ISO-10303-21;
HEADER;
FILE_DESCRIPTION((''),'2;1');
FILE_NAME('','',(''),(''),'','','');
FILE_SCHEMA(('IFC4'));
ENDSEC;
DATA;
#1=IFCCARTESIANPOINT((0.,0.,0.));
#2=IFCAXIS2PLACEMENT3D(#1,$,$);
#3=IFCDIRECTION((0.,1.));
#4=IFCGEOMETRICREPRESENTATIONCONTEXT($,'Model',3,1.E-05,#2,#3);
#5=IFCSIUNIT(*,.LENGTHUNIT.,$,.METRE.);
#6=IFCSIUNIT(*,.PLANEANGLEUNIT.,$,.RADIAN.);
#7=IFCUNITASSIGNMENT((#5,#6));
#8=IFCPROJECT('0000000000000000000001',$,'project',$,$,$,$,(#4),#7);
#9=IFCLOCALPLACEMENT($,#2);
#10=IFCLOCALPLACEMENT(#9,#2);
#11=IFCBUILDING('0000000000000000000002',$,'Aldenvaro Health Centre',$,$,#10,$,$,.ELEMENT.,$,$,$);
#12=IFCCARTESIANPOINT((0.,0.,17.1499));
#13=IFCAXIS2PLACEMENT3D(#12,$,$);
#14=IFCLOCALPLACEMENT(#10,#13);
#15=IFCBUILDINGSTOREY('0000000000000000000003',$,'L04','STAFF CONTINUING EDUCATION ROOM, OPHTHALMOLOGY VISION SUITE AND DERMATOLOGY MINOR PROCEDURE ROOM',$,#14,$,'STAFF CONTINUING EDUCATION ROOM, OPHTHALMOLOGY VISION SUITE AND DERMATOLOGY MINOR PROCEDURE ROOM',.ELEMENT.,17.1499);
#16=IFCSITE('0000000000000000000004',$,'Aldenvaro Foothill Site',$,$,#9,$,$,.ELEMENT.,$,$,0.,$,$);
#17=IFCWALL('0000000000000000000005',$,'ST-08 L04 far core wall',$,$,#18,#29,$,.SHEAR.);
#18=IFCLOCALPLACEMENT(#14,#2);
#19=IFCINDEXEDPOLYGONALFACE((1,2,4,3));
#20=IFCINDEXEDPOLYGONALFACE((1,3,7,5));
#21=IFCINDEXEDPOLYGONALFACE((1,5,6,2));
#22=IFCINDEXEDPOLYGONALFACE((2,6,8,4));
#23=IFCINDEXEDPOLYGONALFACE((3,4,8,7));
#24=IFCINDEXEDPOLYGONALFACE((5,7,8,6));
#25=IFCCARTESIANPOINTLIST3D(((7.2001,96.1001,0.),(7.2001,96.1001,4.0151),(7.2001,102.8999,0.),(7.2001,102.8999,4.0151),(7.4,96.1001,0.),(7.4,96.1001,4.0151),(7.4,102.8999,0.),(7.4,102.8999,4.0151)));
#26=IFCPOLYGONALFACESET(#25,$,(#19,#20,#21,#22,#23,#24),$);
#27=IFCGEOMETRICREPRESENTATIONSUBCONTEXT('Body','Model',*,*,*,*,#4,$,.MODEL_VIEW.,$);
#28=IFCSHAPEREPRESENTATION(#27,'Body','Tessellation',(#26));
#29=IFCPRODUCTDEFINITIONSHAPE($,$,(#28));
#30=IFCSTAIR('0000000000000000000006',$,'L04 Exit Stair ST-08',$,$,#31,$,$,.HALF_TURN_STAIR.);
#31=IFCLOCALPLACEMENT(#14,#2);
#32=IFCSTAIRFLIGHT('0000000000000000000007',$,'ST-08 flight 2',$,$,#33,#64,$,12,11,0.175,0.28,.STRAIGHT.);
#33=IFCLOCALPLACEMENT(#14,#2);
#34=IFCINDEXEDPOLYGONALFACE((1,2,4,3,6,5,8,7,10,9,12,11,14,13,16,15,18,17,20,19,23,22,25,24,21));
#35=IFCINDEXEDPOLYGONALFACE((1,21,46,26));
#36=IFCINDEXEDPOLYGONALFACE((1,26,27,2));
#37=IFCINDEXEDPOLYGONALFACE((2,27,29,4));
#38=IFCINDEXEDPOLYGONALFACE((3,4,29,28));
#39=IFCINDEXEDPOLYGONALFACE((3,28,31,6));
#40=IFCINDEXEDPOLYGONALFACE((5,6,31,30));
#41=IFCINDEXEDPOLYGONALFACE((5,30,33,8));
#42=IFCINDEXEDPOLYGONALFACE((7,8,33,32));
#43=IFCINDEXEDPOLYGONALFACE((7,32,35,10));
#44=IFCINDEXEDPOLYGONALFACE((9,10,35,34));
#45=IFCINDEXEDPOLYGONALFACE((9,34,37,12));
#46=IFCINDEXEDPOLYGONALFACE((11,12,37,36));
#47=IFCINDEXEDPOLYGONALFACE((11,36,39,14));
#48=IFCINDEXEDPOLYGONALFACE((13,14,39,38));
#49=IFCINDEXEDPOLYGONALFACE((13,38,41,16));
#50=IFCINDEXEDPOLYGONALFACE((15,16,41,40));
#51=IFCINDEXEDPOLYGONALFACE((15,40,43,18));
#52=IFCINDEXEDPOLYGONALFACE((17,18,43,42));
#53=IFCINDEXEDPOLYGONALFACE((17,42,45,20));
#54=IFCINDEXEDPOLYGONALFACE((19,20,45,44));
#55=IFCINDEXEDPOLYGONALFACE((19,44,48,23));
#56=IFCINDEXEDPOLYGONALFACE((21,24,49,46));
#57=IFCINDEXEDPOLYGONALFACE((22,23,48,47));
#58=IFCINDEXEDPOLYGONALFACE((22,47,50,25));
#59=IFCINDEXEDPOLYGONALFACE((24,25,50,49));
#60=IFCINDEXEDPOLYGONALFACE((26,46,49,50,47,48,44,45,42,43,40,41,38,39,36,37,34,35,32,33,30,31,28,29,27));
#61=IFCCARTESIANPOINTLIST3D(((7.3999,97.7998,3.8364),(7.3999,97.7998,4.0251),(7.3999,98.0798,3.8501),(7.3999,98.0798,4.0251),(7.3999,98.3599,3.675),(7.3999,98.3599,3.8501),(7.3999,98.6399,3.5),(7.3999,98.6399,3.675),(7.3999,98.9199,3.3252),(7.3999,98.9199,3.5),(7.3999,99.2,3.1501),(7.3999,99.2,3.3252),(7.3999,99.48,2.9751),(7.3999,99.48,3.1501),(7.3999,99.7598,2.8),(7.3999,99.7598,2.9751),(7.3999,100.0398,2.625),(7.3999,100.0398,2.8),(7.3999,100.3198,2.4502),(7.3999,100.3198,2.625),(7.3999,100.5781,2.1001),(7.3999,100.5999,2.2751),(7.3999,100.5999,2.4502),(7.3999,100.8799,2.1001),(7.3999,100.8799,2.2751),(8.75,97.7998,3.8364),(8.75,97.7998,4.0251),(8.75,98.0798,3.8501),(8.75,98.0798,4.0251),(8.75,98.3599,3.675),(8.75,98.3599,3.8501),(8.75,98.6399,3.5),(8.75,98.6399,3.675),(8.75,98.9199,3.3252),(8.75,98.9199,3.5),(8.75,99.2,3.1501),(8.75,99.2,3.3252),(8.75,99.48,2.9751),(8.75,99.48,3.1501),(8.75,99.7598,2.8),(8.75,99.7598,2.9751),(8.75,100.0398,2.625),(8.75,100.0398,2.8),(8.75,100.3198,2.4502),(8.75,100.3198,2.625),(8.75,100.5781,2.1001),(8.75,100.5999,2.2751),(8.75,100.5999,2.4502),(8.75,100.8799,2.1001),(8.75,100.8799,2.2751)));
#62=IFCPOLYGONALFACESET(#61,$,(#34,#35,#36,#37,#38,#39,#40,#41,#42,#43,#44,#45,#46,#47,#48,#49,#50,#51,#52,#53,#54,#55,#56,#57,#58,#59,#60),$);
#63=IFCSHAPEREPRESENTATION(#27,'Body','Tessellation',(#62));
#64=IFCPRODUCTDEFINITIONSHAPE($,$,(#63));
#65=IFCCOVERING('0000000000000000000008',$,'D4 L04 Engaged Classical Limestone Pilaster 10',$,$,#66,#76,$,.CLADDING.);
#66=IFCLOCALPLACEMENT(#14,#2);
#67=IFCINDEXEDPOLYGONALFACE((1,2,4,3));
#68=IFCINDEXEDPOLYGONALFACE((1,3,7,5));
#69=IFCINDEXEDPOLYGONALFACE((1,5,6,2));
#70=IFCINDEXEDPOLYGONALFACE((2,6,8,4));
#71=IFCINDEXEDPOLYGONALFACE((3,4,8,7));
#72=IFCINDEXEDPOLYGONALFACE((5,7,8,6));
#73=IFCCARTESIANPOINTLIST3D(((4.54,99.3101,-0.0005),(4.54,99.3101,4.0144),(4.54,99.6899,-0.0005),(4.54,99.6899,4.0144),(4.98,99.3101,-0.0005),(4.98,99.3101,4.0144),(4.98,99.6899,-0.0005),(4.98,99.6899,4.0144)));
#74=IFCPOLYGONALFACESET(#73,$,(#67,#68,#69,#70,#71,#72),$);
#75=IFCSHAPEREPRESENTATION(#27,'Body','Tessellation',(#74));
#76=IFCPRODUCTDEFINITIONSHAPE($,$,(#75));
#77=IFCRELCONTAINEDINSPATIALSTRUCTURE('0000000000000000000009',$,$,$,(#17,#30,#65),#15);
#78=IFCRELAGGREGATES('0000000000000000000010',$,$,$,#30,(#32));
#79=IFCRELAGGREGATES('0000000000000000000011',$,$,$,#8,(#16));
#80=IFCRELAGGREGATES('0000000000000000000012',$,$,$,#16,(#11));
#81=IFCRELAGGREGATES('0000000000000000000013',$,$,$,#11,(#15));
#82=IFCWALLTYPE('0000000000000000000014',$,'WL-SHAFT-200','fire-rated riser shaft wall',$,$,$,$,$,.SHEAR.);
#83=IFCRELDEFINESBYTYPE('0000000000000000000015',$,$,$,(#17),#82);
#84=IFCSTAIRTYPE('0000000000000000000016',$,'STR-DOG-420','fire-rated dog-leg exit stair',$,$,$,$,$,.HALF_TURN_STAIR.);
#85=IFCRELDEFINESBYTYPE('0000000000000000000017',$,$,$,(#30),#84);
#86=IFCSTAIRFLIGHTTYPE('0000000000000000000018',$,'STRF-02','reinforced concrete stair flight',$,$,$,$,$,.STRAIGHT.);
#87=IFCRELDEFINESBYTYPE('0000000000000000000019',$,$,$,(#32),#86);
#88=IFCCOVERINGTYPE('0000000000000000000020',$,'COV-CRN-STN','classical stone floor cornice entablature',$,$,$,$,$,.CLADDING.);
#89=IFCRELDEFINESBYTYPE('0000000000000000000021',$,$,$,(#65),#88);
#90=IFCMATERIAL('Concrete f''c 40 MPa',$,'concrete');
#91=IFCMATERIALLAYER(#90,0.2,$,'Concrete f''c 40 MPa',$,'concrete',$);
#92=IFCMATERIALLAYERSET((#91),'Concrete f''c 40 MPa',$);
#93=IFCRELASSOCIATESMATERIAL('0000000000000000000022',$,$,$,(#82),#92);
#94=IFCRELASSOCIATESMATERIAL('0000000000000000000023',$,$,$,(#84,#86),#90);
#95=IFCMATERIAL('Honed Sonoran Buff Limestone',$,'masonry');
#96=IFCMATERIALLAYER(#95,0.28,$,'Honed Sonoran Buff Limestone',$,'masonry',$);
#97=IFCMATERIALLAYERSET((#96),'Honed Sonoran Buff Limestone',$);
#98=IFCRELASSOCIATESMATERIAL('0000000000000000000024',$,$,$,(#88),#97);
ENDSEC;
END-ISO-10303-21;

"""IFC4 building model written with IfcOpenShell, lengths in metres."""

from ifc_helpers import new_model, si_unit, direction, frame, frame_2d, origin, origin_2d, place, context, subcontext, project, spatial, polyline, rectangle, outline, extrude, material, layer, layer_set, type_object, element, aggregate, save


model = new_model("IFC4")

# Units and contexts
model_context = context("Model", 3, precision=1e-05, world=origin(), true_north=direction((0.0, 1.0)))
body_context = subcontext(model_context, "Body", "Model", "MODEL_VIEW")
ifc_project = project(units=[si_unit("LENGTHUNIT", "METRE"), si_unit("PLANEANGLEUNIT", "RADIAN")], contexts=[model_context])

# Site, building, storey
site_placement = place(None, origin())
site = spatial("IfcSite", under=ifc_project, at=site_placement, Name="Aldenvaro Foothill Site", CompositionType="ELEMENT", RefElevation=0.0)
building_placement = place(site_placement, origin())
building = spatial("IfcBuilding", under=site, at=building_placement, Name="Aldenvaro Health Centre", CompositionType="ELEMENT")
storey_placement = place(building_placement, frame((0.0, 0.0, 17.1499)))
storey = spatial("IfcBuildingStorey", under=building, at=storey_placement, Name="L04", Description="STAFF CONTINUING EDUCATION ROOM, OPHTHALMOLOGY VISION SUITE AND DERMATOLOGY MINOR PROCEDURE ROOM", LongName="STAFF CONTINUING EDUCATION ROOM, OPHTHALMOLOGY VISION SUITE AND DERMATOLOGY MINOR PROCEDURE ROOM", CompositionType="ELEMENT", Elevation=17.1499)

# Wall
ifc_material_1 = material(Name="Concrete f'c 40 MPa", Category="concrete")
ifc_layer_1 = layer(ifc_material_1, 0.2, Name="Concrete f'c 40 MPa", Category="concrete")
ifc_layer_set_1 = layer_set([ifc_layer_1], Name="Concrete f'c 40 MPa")
wall_type_1 = type_object("IfcWallType", Name="WL-SHAFT-200", Description="fire-rated riser shaft wall", PredefinedType="SHEAR", material=ifc_layer_set_1)
wall_1_placement = place(storey_placement, frame((7.3, 96.1001, 0.0), z_axis=(0.0, 0.0, 1.0), x_axis=(0.0, 1.0, 0.0)))
element("IfcWall", 1, at=wall_1_placement, inside=storey, type_object=wall_type_1, Name="ST-08 L04 far core wall", PredefinedType="SHEAR", context=body_context, shape_type="SweptSolid", body=[
    extrude(rectangle(XDim=6.7998, YDim=0.2, at=frame_2d((3.3999, 0.0))), origin(), (0.0, 0.0, 1.0), 4.0151),
])

# Stair, stair flight
stair_type = type_object("IfcStairType", Name="STR-DOG-420", Description="fire-rated dog-leg exit stair", PredefinedType="HALF_TURN_STAIR", material=ifc_material_1)
stair_placement = place(storey_placement, origin())
stair = element("IfcStair", 2, at=stair_placement, inside=storey, type_object=stair_type, Name="L04 Exit Stair ST-08", PredefinedType="HALF_TURN_STAIR")
stair_flight_type = type_object("IfcStairFlightType", Name="STRF-02", Description="reinforced concrete stair flight", PredefinedType="STRAIGHT", material=ifc_material_1)
stair_flight_placement = place(storey_placement, frame((8.075, 100.8799, 2.1001), z_axis=(0.0, 0.0, 1.0), x_axis=(0.0, -1.0, 0.0)))
stair_flight = element("IfcStairFlight", 3, at=stair_flight_placement, type_object=stair_flight_type, Name="ST-08 flight 2", NumberOfRisers=12, NumberOfTreads=11, PredefinedType="STRAIGHT", RiserHeight=0.175, TreadLength=0.28, context=body_context, shape_type="SweptSolid", body=[
    extrude(outline(polyline([(0.0, 0.0), (0.0, 0.175), (0.28, 0.175), (0.28, 0.3501), (0.5601, 0.3501), (0.5601, 0.5249), (0.8401, 0.5249), (0.8401, 0.7), (1.1201, 0.7), (1.1201, 0.875), (1.3999, 0.875), (1.3999, 1.05), (1.6799, 1.05), (1.6799, 1.2251), (1.96, 1.2251), (1.96, 1.3999), (2.24, 1.3999), (2.24, 1.575), (2.52, 1.575), (2.52, 1.75), (2.8, 1.75), (2.8, 1.925), (3.0801, 1.925), (3.0801, 2.1001), (3.0801, 1.7363), (0.3018, 0.0), (0.0, 0.0)])), frame((0.0, 0.675, 0.0), z_axis=(0.0, -1.0, 0.0), x_axis=(1.0, 0.0, 0.0)), (0.0, 0.0, 1.0), 1.3501),
])
aggregate(stair, [stair_flight])

# Covering
ifc_material_2 = material(Name="Honed Sonoran Buff Limestone", Category="masonry")
ifc_layer_2 = layer(ifc_material_2, 0.28, Name="Honed Sonoran Buff Limestone", Category="masonry")
ifc_layer_set_2 = layer_set([ifc_layer_2], Name="Honed Sonoran Buff Limestone")
covering_type = type_object("IfcCoveringType", Name="COV-CRN-STN", Description="classical stone floor cornice entablature", PredefinedType="CLADDING", material=ifc_layer_set_2)
covering_placement = place(storey_placement, frame((4.76, 99.5, -0.0005), z_axis=(0.0, 0.0, 1.0), x_axis=(-1.0, 0.0, 0.0)))
element("IfcCovering", 4, at=covering_placement, inside=storey, type_object=covering_type, Name="D4 L04 Engaged Classical Limestone Pilaster 10", PredefinedType="CLADDING", context=body_context, shape_type="SweptSolid", body=[
    extrude(rectangle(XDim=0.4399, YDim=0.3799, at=origin_2d()), origin(), (0.0, 0.0, 1.0), 4.0149),
])

save(model, "model.ifc")
